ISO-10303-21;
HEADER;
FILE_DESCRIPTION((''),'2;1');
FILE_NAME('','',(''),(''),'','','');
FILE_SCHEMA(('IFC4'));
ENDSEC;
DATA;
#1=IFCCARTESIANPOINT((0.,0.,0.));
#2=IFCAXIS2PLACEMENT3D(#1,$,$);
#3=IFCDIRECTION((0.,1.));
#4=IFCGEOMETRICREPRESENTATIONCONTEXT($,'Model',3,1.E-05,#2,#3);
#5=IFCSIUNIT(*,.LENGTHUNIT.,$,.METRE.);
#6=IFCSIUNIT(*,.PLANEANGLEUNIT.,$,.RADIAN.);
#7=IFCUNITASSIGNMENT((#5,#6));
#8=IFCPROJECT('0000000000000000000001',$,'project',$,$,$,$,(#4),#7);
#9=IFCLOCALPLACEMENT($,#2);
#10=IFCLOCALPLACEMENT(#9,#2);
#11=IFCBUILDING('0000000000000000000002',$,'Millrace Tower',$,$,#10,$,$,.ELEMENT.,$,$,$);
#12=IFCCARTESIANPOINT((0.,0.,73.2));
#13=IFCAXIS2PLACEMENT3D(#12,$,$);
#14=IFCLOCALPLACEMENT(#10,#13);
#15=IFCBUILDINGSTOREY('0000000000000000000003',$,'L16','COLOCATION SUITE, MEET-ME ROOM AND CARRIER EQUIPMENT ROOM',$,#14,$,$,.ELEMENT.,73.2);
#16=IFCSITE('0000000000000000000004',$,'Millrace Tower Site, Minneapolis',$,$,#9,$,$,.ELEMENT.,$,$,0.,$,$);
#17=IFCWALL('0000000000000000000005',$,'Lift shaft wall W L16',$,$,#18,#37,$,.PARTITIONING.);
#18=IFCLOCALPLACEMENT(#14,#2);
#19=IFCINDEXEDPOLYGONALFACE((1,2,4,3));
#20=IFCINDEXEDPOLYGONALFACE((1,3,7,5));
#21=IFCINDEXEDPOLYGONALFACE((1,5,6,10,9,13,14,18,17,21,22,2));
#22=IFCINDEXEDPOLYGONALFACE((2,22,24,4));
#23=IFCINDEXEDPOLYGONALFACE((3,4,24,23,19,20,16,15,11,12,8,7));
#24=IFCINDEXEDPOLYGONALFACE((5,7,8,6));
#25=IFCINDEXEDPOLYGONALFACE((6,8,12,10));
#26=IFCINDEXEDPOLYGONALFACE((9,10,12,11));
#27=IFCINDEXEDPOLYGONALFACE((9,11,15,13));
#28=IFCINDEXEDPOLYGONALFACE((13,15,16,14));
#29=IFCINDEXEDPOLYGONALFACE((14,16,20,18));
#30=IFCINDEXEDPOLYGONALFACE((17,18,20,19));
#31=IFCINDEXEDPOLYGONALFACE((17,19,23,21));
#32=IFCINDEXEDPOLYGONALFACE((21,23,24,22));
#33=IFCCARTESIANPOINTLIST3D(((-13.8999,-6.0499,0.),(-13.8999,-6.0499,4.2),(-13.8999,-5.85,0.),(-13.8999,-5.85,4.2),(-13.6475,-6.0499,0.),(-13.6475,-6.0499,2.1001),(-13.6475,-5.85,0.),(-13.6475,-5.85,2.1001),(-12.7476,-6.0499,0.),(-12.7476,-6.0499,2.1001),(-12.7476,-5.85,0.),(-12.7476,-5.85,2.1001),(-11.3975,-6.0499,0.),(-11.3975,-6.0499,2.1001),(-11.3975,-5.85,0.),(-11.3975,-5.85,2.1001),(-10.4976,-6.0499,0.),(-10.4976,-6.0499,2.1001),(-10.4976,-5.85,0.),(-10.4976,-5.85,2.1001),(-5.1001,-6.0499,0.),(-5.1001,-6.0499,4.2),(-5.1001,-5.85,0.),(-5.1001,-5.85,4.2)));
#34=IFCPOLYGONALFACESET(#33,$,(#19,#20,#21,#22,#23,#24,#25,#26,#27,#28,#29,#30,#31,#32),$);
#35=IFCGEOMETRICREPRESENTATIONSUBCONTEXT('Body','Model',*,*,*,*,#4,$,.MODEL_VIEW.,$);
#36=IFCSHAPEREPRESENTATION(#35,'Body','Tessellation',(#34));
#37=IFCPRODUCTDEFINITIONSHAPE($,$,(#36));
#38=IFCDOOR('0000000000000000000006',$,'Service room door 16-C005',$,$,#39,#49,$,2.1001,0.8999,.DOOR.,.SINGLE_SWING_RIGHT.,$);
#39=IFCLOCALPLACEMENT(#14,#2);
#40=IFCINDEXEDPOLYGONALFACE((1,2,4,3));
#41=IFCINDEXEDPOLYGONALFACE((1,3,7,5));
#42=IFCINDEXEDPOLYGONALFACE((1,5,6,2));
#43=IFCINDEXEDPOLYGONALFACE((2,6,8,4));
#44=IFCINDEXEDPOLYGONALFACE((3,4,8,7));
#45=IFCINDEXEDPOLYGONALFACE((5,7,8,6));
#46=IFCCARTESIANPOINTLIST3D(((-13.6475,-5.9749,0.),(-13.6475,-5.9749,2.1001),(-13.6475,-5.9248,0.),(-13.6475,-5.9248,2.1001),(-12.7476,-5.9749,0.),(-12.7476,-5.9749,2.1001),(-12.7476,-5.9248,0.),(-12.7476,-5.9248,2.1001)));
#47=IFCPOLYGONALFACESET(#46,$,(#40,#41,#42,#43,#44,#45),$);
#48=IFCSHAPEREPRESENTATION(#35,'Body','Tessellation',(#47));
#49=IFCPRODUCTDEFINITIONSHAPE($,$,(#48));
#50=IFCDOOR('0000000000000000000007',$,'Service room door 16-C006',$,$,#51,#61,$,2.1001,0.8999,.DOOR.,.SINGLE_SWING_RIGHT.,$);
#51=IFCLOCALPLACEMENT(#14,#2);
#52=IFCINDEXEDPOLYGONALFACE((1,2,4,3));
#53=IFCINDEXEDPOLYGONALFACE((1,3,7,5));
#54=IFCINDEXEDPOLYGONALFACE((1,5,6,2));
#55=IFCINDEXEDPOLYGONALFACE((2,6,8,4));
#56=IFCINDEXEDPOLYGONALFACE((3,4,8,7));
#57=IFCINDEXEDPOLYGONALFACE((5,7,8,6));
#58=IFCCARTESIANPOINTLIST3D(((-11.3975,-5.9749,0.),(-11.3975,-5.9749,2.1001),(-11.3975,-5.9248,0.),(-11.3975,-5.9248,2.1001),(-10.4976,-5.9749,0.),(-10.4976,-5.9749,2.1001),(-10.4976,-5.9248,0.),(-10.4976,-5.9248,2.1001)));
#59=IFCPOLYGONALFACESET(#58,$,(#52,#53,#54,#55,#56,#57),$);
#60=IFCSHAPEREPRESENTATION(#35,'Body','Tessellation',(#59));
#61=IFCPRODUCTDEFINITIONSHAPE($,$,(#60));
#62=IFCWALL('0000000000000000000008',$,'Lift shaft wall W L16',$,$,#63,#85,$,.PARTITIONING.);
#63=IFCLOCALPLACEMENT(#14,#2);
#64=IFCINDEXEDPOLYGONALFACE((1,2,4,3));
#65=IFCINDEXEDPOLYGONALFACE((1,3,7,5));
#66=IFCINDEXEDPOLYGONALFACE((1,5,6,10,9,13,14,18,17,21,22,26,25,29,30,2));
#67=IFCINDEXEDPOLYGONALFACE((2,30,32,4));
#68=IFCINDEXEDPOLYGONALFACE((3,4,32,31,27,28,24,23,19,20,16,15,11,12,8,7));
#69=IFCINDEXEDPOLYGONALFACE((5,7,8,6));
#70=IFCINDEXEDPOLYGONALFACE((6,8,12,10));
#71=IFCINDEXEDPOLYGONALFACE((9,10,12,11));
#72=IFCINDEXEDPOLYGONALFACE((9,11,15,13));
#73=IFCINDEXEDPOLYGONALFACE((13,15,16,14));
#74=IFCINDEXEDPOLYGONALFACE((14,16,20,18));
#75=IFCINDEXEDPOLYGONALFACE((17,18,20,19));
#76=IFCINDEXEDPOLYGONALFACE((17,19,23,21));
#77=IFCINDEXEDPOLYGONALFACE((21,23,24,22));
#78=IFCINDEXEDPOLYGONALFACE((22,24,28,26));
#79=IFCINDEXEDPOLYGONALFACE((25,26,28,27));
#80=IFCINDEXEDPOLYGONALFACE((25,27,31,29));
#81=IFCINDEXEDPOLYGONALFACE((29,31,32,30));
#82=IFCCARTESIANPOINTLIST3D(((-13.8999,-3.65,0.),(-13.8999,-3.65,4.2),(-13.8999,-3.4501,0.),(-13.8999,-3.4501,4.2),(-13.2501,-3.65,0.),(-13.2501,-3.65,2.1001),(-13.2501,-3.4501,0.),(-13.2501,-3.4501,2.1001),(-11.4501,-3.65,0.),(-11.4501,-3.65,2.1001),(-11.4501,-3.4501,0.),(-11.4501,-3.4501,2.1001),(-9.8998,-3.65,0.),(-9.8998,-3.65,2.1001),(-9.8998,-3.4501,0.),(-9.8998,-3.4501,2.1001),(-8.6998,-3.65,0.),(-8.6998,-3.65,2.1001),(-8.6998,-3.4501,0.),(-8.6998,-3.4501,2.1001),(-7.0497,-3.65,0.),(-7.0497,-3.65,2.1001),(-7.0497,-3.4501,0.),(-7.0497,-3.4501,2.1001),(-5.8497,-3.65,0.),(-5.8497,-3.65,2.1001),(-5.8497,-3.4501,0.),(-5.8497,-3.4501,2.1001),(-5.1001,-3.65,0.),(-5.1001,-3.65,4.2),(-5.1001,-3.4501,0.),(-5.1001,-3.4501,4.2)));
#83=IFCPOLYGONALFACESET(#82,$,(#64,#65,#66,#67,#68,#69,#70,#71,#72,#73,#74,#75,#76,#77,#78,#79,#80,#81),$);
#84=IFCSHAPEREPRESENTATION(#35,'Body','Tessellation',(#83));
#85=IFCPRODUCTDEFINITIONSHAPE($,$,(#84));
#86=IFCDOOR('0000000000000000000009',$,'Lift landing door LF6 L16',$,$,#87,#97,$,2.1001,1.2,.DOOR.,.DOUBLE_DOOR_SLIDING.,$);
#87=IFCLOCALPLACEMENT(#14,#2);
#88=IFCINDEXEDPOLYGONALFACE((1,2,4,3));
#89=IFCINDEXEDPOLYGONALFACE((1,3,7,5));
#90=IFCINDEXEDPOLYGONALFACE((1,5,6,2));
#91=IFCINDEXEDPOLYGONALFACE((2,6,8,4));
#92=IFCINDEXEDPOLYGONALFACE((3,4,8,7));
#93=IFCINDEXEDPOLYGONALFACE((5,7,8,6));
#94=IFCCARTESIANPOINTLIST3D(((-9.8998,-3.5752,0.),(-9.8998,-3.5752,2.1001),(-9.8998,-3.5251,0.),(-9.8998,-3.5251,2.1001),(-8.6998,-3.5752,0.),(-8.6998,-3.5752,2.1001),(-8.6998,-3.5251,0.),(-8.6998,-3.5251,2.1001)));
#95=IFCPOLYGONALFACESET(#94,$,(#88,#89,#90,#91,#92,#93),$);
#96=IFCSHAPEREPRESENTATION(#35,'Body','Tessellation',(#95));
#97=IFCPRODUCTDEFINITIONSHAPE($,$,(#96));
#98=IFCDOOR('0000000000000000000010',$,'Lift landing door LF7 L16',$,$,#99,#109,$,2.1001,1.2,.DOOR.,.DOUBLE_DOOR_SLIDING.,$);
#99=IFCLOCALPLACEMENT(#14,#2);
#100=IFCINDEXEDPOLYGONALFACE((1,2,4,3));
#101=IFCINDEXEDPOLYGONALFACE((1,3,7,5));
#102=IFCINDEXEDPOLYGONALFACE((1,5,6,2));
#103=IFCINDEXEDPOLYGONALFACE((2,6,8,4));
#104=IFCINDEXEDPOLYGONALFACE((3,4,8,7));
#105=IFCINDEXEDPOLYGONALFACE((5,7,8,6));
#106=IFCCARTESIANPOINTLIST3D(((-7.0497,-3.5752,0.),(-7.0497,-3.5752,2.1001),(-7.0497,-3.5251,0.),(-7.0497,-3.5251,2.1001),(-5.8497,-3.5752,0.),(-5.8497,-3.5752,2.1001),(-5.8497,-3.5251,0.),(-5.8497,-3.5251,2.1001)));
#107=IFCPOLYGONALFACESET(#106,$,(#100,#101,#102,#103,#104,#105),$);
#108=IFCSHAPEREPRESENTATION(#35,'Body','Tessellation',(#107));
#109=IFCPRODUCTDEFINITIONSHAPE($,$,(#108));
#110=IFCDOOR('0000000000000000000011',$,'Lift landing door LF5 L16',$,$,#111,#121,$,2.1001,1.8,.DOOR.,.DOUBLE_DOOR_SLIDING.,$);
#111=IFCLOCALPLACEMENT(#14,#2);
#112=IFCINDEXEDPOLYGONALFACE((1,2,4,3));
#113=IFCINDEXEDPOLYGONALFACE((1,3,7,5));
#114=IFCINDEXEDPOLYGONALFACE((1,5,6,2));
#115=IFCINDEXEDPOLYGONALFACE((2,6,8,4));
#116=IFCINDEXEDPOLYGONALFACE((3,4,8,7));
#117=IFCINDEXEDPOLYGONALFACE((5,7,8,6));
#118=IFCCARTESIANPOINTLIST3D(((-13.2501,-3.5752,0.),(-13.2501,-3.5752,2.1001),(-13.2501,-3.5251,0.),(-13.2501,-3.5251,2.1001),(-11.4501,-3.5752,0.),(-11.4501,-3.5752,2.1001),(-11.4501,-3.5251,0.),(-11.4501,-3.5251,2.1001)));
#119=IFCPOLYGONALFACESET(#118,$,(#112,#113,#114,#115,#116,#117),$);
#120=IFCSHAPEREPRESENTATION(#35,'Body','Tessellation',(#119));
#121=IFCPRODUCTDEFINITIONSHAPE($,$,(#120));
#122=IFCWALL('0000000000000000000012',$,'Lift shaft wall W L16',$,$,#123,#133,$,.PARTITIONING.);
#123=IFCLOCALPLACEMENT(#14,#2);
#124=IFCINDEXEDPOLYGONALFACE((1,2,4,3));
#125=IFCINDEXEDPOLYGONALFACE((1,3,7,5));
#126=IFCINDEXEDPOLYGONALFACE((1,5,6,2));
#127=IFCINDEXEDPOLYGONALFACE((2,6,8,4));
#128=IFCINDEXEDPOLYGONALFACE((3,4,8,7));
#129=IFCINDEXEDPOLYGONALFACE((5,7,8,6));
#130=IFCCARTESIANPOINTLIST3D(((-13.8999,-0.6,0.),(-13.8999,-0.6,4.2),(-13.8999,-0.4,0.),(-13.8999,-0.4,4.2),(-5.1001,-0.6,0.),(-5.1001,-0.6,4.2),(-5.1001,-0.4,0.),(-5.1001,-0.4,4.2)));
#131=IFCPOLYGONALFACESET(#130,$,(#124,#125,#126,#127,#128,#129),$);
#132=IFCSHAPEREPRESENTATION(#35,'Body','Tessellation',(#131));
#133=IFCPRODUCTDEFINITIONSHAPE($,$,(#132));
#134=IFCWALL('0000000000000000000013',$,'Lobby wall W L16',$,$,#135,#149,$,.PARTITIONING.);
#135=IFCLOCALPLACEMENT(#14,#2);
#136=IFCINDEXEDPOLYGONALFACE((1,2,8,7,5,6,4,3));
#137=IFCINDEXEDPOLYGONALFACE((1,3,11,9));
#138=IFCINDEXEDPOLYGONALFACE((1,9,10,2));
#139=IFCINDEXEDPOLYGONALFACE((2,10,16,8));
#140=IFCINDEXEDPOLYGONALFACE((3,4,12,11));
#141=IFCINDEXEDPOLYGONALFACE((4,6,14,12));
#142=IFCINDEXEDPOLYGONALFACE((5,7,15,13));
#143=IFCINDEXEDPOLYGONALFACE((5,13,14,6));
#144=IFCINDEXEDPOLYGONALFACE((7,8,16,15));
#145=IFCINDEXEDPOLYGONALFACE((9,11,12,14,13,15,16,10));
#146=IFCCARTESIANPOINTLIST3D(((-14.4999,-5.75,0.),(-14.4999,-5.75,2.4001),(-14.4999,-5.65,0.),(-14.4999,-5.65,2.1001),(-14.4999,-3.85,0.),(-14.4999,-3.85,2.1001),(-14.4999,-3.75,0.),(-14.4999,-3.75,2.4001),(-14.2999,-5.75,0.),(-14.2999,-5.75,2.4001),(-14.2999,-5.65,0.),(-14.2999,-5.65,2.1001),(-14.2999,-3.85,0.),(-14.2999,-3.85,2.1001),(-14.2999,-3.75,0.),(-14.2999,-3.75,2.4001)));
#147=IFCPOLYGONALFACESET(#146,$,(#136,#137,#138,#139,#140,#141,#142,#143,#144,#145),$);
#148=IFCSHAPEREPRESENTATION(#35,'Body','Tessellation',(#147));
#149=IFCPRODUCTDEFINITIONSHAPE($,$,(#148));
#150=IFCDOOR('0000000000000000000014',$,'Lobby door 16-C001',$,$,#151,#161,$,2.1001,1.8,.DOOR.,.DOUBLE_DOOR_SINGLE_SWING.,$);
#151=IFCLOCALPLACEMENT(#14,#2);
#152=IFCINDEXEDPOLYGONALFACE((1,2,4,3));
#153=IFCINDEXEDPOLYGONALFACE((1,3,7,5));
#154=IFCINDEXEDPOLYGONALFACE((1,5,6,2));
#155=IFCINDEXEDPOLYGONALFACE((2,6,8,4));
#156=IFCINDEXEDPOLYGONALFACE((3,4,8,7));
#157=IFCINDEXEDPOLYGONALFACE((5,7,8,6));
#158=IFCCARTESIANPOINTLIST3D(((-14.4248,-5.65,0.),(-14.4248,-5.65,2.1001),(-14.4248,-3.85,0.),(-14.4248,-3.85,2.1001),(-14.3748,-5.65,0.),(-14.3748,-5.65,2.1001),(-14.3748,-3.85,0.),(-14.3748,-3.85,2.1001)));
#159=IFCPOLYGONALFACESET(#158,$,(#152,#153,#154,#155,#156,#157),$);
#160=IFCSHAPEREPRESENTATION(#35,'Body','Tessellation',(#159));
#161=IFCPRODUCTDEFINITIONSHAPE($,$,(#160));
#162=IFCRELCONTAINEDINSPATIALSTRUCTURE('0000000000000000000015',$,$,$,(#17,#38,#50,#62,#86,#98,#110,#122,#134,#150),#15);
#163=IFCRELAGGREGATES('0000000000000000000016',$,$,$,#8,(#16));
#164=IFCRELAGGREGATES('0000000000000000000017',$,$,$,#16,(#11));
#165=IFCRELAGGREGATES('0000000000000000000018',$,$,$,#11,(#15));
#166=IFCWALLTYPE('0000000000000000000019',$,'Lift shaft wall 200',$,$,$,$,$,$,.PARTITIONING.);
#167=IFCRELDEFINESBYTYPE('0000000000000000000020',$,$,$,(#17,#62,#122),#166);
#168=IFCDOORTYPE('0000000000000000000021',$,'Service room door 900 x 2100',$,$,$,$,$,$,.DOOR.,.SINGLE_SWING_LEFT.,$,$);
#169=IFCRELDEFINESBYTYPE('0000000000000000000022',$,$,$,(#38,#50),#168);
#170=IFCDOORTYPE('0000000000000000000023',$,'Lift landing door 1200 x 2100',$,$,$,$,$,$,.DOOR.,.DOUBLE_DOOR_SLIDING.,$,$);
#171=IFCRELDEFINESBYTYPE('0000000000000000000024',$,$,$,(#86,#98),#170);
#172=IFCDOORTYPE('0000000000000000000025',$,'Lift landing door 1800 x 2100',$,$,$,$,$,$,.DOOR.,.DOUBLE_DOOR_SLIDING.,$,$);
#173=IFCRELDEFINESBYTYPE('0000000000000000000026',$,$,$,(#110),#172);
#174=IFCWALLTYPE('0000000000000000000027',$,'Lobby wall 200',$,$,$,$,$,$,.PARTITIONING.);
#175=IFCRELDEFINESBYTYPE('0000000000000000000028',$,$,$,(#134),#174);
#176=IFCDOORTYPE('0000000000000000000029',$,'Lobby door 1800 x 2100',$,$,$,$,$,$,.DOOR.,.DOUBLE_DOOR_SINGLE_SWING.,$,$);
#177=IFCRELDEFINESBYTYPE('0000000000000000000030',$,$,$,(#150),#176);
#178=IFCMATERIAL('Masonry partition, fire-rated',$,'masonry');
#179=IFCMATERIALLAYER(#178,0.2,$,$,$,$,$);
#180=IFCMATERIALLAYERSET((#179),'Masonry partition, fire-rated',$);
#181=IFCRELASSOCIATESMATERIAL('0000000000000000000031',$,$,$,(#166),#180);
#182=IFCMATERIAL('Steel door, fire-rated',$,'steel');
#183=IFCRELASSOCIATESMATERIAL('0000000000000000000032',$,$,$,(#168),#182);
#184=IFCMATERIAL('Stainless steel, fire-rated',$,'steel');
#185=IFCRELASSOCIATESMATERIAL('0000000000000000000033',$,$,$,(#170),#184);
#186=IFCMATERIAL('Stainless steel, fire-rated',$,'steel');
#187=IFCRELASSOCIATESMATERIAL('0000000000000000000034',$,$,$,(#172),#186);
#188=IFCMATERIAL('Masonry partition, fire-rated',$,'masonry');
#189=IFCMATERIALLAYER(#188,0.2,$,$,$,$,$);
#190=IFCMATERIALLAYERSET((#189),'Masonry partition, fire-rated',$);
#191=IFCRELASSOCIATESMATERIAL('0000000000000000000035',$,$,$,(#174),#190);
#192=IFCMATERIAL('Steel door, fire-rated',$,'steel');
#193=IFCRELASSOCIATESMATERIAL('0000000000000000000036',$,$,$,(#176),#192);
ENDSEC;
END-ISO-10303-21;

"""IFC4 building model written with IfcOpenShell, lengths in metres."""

from ifc_helpers import new_model, si_unit, direction, frame, frame_2d, origin, place, context, subcontext, project, spatial, rectangle, extrude, material, layer, layer_set, type_object, element, fill, save


model = new_model("IFC4")

# Units and contexts
model_context = context("Model", 3, precision=1e-05, world=origin(), true_north=direction((0.0, 1.0)))
body_context = subcontext(model_context, "Body", "Model", "MODEL_VIEW")
ifc_project = project(units=[si_unit("LENGTHUNIT", "METRE"), si_unit("PLANEANGLEUNIT", "RADIAN")], contexts=[model_context])

# Site, building, storey
site_placement = place(None, origin())
site = spatial("IfcSite", under=ifc_project, at=site_placement, Name="Millrace Tower Site, Minneapolis", CompositionType="ELEMENT", RefElevation=0.0)
building_placement = place(site_placement, origin())
building = spatial("IfcBuilding", under=site, at=building_placement, Name="Millrace Tower", CompositionType="ELEMENT")
storey_placement = place(building_placement, frame((0.0, 0.0, 73.2)))
storey = spatial("IfcBuildingStorey", under=building, at=storey_placement, Name="L16", Description="COLOCATION SUITE, MEET-ME ROOM AND CARRIER EQUIPMENT ROOM", CompositionType="ELEMENT", Elevation=73.2)

# Walls, openings, doors
ifc_material_1 = material(Name="Masonry partition, fire-rated", Category="masonry")
ifc_layer_1 = layer(ifc_material_1, 0.2)
ifc_layer_set_1 = layer_set([ifc_layer_1], Name="Masonry partition, fire-rated")
wall_type_1 = type_object("IfcWallType", Name="Lift shaft wall 200", PredefinedType="PARTITIONING", material=ifc_layer_set_1)
wall_1_placement = place(storey_placement, frame((-13.8999, -5.95, 0.0), z_axis=(0.0, 0.0, 1.0), x_axis=(1.0, 0.0, 0.0)))
wall_1 = element("IfcWall", 1, at=wall_1_placement, inside=storey, type_object=wall_type_1, Name="Lift shaft wall W L16", PredefinedType="PARTITIONING", context=body_context, shape_type="SweptSolid", body=[
    extrude(rectangle(XDim=8.7998, YDim=0.2, at=frame_2d((4.3999, 0.0))), origin(), (0.0, 0.0, 1.0), 4.2),
])
opening_1_placement = place(wall_1_placement, frame((0.2524, 0.0, 0.0)))
opening_1 = element("IfcOpeningElement", 2, at=opening_1_placement, cuts=wall_1, PredefinedType="OPENING", context=body_context, shape_type="SweptSolid", body=[
    extrude(rectangle(XDim=0.8999, YDim=2.1001, at=frame_2d((0.45, 1.05))), frame((0.0, 0.1099, 0.0), z_axis=(0.0, -1.0, 0.0), x_axis=(1.0, 0.0, 0.0)), (0.0, 0.0, 1.0), 0.22),
])
opening_2_placement = place(wall_1_placement, frame((2.5024, 0.0, 0.0)))
opening_2 = element("IfcOpeningElement", 3, at=opening_2_placement, cuts=wall_1, PredefinedType="OPENING", context=body_context, shape_type="SweptSolid", body=[
    extrude(rectangle(XDim=0.8999, YDim=2.1001, at=frame_2d((0.45, 1.05))), frame((0.0, 0.1099, 0.0), z_axis=(0.0, -1.0, 0.0), x_axis=(1.0, 0.0, 0.0)), (0.0, 0.0, 1.0), 0.22),
])
ifc_material_2 = material(Name="Steel door, fire-rated", Category="steel")
door_type_1 = type_object("IfcDoorType", Name="Service room door 900 x 2100", OperationType="SINGLE_SWING_LEFT", PredefinedType="DOOR", material=ifc_material_2)
door_1_placement = place(opening_1_placement, frame((0.8999, 0.0, 0.0), z_axis=(0.0, 0.0, 1.0), x_axis=(-1.0, 0.0, 0.0)))
door_1 = element("IfcDoor", 4, at=door_1_placement, inside=storey, type_object=door_type_1, Name="Service room door 16-C005", OperationType="SINGLE_SWING_RIGHT", OverallHeight=2.1001, OverallWidth=0.8999, PredefinedType="DOOR", context=body_context, shape_type="SweptSolid", body=[
    extrude(rectangle(XDim=0.8999, YDim=2.1001, at=frame_2d((0.45, 1.05))), frame((0.0, 0.0249, 0.0), z_axis=(0.0, -1.0, 0.0), x_axis=(1.0, 0.0, 0.0)), (0.0, 0.0, 1.0), 0.05),
])
fill(opening_1, door_1)
door_2_placement = place(opening_2_placement, frame((0.8999, 0.0, 0.0), z_axis=(0.0, 0.0, 1.0), x_axis=(-1.0, 0.0, 0.0)))
door_2 = element("IfcDoor", 5, at=door_2_placement, inside=storey, type_object=door_type_1, Name="Service room door 16-C006", OperationType="SINGLE_SWING_RIGHT", OverallHeight=2.1001, OverallWidth=0.8999, PredefinedType="DOOR", context=body_context, shape_type="SweptSolid", body=[
    extrude(rectangle(XDim=0.8999, YDim=2.1001, at=frame_2d((0.45, 1.05))), frame((0.0, 0.0249, 0.0), z_axis=(0.0, -1.0, 0.0), x_axis=(1.0, 0.0, 0.0)), (0.0, 0.0, 1.0), 0.05),
])
fill(opening_2, door_2)
wall_2_placement = place(storey_placement, frame((-13.8999, -3.55, 0.0), z_axis=(0.0, 0.0, 1.0), x_axis=(1.0, 0.0, 0.0)))
wall_2 = element("IfcWall", 6, at=wall_2_placement, inside=storey, type_object=wall_type_1, Name="Lift shaft wall W L16", PredefinedType="PARTITIONING", context=body_context, shape_type="SweptSolid", body=[
    extrude(rectangle(XDim=8.7998, YDim=0.2, at=frame_2d((4.3999, 0.0))), origin(), (0.0, 0.0, 1.0), 4.2),
])
opening_3_placement = place(wall_2_placement, frame((0.6499, 0.0, 0.0)))
opening_3 = element("IfcOpeningElement", 7, at=opening_3_placement, cuts=wall_2, PredefinedType="OPENING", context=body_context, shape_type="SweptSolid", body=[
    extrude(rectangle(XDim=1.8, YDim=2.1001, at=frame_2d((0.8999, 1.05))), frame((0.0, 0.1099, 0.0), z_axis=(0.0, -1.0, 0.0), x_axis=(1.0, 0.0, 0.0)), (0.0, 0.0, 1.0), 0.22),
])
opening_4_placement = place(wall_2_placement, frame((4.0, 0.0, 0.0)))
opening_4 = element("IfcOpeningElement", 8, at=opening_4_placement, cuts=wall_2, PredefinedType="OPENING", context=body_context, shape_type="SweptSolid", body=[
    extrude(rectangle(XDim=1.2, YDim=2.1001, at=frame_2d((0.6001, 1.05))), frame((0.0, 0.1099, 0.0), z_axis=(0.0, -1.0, 0.0), x_axis=(1.0, 0.0, 0.0)), (0.0, 0.0, 1.0), 0.22),
])
opening_5_placement = place(wall_2_placement, frame((6.8501, 0.0, 0.0)))
opening_5 = element("IfcOpeningElement", 9, at=opening_5_placement, cuts=wall_2, PredefinedType="OPENING", context=body_context, shape_type="SweptSolid", body=[
    extrude(rectangle(XDim=1.2, YDim=2.1001, at=frame_2d((0.6001, 1.05))), frame((0.0, 0.1099, 0.0), z_axis=(0.0, -1.0, 0.0), x_axis=(1.0, 0.0, 0.0)), (0.0, 0.0, 1.0), 0.22),
])
ifc_material_3 = material(Name="Stainless steel, fire-rated", Category="steel")
door_type_2 = type_object("IfcDoorType", Name="Lift landing door 1200 x 2100", OperationType="DOUBLE_DOOR_SLIDING", PredefinedType="DOOR", material=ifc_material_3)
door_3_placement = place(opening_4_placement, origin())
door_3 = element("IfcDoor", 10, at=door_3_placement, inside=storey, type_object=door_type_2, Name="Lift landing door LF6 L16", OperationType="DOUBLE_DOOR_SLIDING", OverallHeight=2.1001, OverallWidth=1.2, PredefinedType="DOOR", context=body_context, shape_type="SweptSolid", body=[
    extrude(rectangle(XDim=1.2, YDim=2.1001, at=frame_2d((0.6001, 1.05))), frame((0.0, 0.0249, 0.0), z_axis=(0.0, -1.0, 0.0), x_axis=(1.0, 0.0, 0.0)), (0.0, 0.0, 1.0), 0.05),
])
fill(opening_4, door_3)
door_4_placement = place(opening_5_placement, origin())
door_4 = element("IfcDoor", 11, at=door_4_placement, inside=storey, type_object=door_type_2, Name="Lift landing door LF7 L16", OperationType="DOUBLE_DOOR_SLIDING", OverallHeight=2.1001, OverallWidth=1.2, PredefinedType="DOOR", context=body_context, shape_type="SweptSolid", body=[
    extrude(rectangle(XDim=1.2, YDim=2.1001, at=frame_2d((0.6001, 1.05))), frame((0.0, 0.0249, 0.0), z_axis=(0.0, -1.0, 0.0), x_axis=(1.0, 0.0, 0.0)), (0.0, 0.0, 1.0), 0.05),
])
fill(opening_5, door_4)
ifc_material_4 = material(Name="Stainless steel, fire-rated", Category="steel")
door_type_3 = type_object("IfcDoorType", Name="Lift landing door 1800 x 2100", OperationType="DOUBLE_DOOR_SLIDING", PredefinedType="DOOR", material=ifc_material_4)
door_5_placement = place(opening_3_placement, origin())
door_5 = element("IfcDoor", 12, at=door_5_placement, inside=storey, type_object=door_type_3, Name="Lift landing door LF5 L16", OperationType="DOUBLE_DOOR_SLIDING", OverallHeight=2.1001, OverallWidth=1.8, PredefinedType="DOOR", context=body_context, shape_type="SweptSolid", body=[
    extrude(rectangle(XDim=1.8, YDim=2.1001, at=frame_2d((0.8999, 1.05))), frame((0.0, 0.0249, 0.0), z_axis=(0.0, -1.0, 0.0), x_axis=(1.0, 0.0, 0.0)), (0.0, 0.0, 1.0), 0.05),
])
fill(opening_3, door_5)

# Wall
wall_3_placement = place(storey_placement, frame((-13.8999, -0.5, 0.0), z_axis=(0.0, 0.0, 1.0), x_axis=(1.0, 0.0, 0.0)))
element("IfcWall", 13, at=wall_3_placement, inside=storey, type_object=wall_type_1, Name="Lift shaft wall W L16", PredefinedType="PARTITIONING", context=body_context, shape_type="SweptSolid", body=[
    extrude(rectangle(XDim=8.7998, YDim=0.2, at=frame_2d((4.3999, 0.0))), origin(), (0.0, 0.0, 1.0), 4.2),
])

# Wall, opening, door
ifc_material_5 = material(Name="Masonry partition, fire-rated", Category="masonry")
ifc_layer_2 = layer(ifc_material_5, 0.2)
ifc_layer_set_2 = layer_set([ifc_layer_2], Name="Masonry partition, fire-rated")
wall_type_2 = type_object("IfcWallType", Name="Lobby wall 200", PredefinedType="PARTITIONING", material=ifc_layer_set_2)
wall_4_placement = place(storey_placement, frame((-14.3999, -5.75, 0.0), z_axis=(0.0, 0.0, 1.0), x_axis=(0.0, 1.0, 0.0)))
wall_4 = element("IfcWall", 14, at=wall_4_placement, inside=storey, type_object=wall_type_2, Name="Lobby wall W L16", PredefinedType="PARTITIONING", context=body_context, shape_type="SweptSolid", body=[
    extrude(rectangle(XDim=2.0, YDim=0.2, at=frame_2d((1.0, 0.0))), origin(), (0.0, 0.0, 1.0), 2.4001),
])
opening_6_placement = place(wall_4_placement, frame((0.1001, 0.0, 0.0)))
opening_6 = element("IfcOpeningElement", 15, at=opening_6_placement, cuts=wall_4, PredefinedType="OPENING", context=body_context, shape_type="SweptSolid", body=[
    extrude(rectangle(XDim=1.8, YDim=2.1001, at=frame_2d((0.8999, 1.05))), frame((0.0, 0.1099, 0.0), z_axis=(0.0, -1.0, 0.0), x_axis=(1.0, 0.0, 0.0)), (0.0, 0.0, 1.0), 0.22),
])
ifc_material_6 = material(Name="Steel door, fire-rated", Category="steel")
door_type_4 = type_object("IfcDoorType", Name="Lobby door 1800 x 2100", OperationType="DOUBLE_DOOR_SINGLE_SWING", PredefinedType="DOOR", material=ifc_material_6)
door_6_placement = place(opening_6_placement, origin())
door_6 = element("IfcDoor", 16, at=door_6_placement, inside=storey, type_object=door_type_4, Name="Lobby door 16-C001", OperationType="DOUBLE_DOOR_SINGLE_SWING", OverallHeight=2.1001, OverallWidth=1.8, PredefinedType="DOOR", context=body_context, shape_type="SweptSolid", body=[
    extrude(rectangle(XDim=1.8, YDim=2.1001, at=frame_2d((0.8999, 1.05))), frame((0.0, 0.0249, 0.0), z_axis=(0.0, -1.0, 0.0), x_axis=(1.0, 0.0, 0.0)), (0.0, 0.0, 1.0), 0.05),
])
fill(opening_6, door_6)

save(model, "model.ifc")
